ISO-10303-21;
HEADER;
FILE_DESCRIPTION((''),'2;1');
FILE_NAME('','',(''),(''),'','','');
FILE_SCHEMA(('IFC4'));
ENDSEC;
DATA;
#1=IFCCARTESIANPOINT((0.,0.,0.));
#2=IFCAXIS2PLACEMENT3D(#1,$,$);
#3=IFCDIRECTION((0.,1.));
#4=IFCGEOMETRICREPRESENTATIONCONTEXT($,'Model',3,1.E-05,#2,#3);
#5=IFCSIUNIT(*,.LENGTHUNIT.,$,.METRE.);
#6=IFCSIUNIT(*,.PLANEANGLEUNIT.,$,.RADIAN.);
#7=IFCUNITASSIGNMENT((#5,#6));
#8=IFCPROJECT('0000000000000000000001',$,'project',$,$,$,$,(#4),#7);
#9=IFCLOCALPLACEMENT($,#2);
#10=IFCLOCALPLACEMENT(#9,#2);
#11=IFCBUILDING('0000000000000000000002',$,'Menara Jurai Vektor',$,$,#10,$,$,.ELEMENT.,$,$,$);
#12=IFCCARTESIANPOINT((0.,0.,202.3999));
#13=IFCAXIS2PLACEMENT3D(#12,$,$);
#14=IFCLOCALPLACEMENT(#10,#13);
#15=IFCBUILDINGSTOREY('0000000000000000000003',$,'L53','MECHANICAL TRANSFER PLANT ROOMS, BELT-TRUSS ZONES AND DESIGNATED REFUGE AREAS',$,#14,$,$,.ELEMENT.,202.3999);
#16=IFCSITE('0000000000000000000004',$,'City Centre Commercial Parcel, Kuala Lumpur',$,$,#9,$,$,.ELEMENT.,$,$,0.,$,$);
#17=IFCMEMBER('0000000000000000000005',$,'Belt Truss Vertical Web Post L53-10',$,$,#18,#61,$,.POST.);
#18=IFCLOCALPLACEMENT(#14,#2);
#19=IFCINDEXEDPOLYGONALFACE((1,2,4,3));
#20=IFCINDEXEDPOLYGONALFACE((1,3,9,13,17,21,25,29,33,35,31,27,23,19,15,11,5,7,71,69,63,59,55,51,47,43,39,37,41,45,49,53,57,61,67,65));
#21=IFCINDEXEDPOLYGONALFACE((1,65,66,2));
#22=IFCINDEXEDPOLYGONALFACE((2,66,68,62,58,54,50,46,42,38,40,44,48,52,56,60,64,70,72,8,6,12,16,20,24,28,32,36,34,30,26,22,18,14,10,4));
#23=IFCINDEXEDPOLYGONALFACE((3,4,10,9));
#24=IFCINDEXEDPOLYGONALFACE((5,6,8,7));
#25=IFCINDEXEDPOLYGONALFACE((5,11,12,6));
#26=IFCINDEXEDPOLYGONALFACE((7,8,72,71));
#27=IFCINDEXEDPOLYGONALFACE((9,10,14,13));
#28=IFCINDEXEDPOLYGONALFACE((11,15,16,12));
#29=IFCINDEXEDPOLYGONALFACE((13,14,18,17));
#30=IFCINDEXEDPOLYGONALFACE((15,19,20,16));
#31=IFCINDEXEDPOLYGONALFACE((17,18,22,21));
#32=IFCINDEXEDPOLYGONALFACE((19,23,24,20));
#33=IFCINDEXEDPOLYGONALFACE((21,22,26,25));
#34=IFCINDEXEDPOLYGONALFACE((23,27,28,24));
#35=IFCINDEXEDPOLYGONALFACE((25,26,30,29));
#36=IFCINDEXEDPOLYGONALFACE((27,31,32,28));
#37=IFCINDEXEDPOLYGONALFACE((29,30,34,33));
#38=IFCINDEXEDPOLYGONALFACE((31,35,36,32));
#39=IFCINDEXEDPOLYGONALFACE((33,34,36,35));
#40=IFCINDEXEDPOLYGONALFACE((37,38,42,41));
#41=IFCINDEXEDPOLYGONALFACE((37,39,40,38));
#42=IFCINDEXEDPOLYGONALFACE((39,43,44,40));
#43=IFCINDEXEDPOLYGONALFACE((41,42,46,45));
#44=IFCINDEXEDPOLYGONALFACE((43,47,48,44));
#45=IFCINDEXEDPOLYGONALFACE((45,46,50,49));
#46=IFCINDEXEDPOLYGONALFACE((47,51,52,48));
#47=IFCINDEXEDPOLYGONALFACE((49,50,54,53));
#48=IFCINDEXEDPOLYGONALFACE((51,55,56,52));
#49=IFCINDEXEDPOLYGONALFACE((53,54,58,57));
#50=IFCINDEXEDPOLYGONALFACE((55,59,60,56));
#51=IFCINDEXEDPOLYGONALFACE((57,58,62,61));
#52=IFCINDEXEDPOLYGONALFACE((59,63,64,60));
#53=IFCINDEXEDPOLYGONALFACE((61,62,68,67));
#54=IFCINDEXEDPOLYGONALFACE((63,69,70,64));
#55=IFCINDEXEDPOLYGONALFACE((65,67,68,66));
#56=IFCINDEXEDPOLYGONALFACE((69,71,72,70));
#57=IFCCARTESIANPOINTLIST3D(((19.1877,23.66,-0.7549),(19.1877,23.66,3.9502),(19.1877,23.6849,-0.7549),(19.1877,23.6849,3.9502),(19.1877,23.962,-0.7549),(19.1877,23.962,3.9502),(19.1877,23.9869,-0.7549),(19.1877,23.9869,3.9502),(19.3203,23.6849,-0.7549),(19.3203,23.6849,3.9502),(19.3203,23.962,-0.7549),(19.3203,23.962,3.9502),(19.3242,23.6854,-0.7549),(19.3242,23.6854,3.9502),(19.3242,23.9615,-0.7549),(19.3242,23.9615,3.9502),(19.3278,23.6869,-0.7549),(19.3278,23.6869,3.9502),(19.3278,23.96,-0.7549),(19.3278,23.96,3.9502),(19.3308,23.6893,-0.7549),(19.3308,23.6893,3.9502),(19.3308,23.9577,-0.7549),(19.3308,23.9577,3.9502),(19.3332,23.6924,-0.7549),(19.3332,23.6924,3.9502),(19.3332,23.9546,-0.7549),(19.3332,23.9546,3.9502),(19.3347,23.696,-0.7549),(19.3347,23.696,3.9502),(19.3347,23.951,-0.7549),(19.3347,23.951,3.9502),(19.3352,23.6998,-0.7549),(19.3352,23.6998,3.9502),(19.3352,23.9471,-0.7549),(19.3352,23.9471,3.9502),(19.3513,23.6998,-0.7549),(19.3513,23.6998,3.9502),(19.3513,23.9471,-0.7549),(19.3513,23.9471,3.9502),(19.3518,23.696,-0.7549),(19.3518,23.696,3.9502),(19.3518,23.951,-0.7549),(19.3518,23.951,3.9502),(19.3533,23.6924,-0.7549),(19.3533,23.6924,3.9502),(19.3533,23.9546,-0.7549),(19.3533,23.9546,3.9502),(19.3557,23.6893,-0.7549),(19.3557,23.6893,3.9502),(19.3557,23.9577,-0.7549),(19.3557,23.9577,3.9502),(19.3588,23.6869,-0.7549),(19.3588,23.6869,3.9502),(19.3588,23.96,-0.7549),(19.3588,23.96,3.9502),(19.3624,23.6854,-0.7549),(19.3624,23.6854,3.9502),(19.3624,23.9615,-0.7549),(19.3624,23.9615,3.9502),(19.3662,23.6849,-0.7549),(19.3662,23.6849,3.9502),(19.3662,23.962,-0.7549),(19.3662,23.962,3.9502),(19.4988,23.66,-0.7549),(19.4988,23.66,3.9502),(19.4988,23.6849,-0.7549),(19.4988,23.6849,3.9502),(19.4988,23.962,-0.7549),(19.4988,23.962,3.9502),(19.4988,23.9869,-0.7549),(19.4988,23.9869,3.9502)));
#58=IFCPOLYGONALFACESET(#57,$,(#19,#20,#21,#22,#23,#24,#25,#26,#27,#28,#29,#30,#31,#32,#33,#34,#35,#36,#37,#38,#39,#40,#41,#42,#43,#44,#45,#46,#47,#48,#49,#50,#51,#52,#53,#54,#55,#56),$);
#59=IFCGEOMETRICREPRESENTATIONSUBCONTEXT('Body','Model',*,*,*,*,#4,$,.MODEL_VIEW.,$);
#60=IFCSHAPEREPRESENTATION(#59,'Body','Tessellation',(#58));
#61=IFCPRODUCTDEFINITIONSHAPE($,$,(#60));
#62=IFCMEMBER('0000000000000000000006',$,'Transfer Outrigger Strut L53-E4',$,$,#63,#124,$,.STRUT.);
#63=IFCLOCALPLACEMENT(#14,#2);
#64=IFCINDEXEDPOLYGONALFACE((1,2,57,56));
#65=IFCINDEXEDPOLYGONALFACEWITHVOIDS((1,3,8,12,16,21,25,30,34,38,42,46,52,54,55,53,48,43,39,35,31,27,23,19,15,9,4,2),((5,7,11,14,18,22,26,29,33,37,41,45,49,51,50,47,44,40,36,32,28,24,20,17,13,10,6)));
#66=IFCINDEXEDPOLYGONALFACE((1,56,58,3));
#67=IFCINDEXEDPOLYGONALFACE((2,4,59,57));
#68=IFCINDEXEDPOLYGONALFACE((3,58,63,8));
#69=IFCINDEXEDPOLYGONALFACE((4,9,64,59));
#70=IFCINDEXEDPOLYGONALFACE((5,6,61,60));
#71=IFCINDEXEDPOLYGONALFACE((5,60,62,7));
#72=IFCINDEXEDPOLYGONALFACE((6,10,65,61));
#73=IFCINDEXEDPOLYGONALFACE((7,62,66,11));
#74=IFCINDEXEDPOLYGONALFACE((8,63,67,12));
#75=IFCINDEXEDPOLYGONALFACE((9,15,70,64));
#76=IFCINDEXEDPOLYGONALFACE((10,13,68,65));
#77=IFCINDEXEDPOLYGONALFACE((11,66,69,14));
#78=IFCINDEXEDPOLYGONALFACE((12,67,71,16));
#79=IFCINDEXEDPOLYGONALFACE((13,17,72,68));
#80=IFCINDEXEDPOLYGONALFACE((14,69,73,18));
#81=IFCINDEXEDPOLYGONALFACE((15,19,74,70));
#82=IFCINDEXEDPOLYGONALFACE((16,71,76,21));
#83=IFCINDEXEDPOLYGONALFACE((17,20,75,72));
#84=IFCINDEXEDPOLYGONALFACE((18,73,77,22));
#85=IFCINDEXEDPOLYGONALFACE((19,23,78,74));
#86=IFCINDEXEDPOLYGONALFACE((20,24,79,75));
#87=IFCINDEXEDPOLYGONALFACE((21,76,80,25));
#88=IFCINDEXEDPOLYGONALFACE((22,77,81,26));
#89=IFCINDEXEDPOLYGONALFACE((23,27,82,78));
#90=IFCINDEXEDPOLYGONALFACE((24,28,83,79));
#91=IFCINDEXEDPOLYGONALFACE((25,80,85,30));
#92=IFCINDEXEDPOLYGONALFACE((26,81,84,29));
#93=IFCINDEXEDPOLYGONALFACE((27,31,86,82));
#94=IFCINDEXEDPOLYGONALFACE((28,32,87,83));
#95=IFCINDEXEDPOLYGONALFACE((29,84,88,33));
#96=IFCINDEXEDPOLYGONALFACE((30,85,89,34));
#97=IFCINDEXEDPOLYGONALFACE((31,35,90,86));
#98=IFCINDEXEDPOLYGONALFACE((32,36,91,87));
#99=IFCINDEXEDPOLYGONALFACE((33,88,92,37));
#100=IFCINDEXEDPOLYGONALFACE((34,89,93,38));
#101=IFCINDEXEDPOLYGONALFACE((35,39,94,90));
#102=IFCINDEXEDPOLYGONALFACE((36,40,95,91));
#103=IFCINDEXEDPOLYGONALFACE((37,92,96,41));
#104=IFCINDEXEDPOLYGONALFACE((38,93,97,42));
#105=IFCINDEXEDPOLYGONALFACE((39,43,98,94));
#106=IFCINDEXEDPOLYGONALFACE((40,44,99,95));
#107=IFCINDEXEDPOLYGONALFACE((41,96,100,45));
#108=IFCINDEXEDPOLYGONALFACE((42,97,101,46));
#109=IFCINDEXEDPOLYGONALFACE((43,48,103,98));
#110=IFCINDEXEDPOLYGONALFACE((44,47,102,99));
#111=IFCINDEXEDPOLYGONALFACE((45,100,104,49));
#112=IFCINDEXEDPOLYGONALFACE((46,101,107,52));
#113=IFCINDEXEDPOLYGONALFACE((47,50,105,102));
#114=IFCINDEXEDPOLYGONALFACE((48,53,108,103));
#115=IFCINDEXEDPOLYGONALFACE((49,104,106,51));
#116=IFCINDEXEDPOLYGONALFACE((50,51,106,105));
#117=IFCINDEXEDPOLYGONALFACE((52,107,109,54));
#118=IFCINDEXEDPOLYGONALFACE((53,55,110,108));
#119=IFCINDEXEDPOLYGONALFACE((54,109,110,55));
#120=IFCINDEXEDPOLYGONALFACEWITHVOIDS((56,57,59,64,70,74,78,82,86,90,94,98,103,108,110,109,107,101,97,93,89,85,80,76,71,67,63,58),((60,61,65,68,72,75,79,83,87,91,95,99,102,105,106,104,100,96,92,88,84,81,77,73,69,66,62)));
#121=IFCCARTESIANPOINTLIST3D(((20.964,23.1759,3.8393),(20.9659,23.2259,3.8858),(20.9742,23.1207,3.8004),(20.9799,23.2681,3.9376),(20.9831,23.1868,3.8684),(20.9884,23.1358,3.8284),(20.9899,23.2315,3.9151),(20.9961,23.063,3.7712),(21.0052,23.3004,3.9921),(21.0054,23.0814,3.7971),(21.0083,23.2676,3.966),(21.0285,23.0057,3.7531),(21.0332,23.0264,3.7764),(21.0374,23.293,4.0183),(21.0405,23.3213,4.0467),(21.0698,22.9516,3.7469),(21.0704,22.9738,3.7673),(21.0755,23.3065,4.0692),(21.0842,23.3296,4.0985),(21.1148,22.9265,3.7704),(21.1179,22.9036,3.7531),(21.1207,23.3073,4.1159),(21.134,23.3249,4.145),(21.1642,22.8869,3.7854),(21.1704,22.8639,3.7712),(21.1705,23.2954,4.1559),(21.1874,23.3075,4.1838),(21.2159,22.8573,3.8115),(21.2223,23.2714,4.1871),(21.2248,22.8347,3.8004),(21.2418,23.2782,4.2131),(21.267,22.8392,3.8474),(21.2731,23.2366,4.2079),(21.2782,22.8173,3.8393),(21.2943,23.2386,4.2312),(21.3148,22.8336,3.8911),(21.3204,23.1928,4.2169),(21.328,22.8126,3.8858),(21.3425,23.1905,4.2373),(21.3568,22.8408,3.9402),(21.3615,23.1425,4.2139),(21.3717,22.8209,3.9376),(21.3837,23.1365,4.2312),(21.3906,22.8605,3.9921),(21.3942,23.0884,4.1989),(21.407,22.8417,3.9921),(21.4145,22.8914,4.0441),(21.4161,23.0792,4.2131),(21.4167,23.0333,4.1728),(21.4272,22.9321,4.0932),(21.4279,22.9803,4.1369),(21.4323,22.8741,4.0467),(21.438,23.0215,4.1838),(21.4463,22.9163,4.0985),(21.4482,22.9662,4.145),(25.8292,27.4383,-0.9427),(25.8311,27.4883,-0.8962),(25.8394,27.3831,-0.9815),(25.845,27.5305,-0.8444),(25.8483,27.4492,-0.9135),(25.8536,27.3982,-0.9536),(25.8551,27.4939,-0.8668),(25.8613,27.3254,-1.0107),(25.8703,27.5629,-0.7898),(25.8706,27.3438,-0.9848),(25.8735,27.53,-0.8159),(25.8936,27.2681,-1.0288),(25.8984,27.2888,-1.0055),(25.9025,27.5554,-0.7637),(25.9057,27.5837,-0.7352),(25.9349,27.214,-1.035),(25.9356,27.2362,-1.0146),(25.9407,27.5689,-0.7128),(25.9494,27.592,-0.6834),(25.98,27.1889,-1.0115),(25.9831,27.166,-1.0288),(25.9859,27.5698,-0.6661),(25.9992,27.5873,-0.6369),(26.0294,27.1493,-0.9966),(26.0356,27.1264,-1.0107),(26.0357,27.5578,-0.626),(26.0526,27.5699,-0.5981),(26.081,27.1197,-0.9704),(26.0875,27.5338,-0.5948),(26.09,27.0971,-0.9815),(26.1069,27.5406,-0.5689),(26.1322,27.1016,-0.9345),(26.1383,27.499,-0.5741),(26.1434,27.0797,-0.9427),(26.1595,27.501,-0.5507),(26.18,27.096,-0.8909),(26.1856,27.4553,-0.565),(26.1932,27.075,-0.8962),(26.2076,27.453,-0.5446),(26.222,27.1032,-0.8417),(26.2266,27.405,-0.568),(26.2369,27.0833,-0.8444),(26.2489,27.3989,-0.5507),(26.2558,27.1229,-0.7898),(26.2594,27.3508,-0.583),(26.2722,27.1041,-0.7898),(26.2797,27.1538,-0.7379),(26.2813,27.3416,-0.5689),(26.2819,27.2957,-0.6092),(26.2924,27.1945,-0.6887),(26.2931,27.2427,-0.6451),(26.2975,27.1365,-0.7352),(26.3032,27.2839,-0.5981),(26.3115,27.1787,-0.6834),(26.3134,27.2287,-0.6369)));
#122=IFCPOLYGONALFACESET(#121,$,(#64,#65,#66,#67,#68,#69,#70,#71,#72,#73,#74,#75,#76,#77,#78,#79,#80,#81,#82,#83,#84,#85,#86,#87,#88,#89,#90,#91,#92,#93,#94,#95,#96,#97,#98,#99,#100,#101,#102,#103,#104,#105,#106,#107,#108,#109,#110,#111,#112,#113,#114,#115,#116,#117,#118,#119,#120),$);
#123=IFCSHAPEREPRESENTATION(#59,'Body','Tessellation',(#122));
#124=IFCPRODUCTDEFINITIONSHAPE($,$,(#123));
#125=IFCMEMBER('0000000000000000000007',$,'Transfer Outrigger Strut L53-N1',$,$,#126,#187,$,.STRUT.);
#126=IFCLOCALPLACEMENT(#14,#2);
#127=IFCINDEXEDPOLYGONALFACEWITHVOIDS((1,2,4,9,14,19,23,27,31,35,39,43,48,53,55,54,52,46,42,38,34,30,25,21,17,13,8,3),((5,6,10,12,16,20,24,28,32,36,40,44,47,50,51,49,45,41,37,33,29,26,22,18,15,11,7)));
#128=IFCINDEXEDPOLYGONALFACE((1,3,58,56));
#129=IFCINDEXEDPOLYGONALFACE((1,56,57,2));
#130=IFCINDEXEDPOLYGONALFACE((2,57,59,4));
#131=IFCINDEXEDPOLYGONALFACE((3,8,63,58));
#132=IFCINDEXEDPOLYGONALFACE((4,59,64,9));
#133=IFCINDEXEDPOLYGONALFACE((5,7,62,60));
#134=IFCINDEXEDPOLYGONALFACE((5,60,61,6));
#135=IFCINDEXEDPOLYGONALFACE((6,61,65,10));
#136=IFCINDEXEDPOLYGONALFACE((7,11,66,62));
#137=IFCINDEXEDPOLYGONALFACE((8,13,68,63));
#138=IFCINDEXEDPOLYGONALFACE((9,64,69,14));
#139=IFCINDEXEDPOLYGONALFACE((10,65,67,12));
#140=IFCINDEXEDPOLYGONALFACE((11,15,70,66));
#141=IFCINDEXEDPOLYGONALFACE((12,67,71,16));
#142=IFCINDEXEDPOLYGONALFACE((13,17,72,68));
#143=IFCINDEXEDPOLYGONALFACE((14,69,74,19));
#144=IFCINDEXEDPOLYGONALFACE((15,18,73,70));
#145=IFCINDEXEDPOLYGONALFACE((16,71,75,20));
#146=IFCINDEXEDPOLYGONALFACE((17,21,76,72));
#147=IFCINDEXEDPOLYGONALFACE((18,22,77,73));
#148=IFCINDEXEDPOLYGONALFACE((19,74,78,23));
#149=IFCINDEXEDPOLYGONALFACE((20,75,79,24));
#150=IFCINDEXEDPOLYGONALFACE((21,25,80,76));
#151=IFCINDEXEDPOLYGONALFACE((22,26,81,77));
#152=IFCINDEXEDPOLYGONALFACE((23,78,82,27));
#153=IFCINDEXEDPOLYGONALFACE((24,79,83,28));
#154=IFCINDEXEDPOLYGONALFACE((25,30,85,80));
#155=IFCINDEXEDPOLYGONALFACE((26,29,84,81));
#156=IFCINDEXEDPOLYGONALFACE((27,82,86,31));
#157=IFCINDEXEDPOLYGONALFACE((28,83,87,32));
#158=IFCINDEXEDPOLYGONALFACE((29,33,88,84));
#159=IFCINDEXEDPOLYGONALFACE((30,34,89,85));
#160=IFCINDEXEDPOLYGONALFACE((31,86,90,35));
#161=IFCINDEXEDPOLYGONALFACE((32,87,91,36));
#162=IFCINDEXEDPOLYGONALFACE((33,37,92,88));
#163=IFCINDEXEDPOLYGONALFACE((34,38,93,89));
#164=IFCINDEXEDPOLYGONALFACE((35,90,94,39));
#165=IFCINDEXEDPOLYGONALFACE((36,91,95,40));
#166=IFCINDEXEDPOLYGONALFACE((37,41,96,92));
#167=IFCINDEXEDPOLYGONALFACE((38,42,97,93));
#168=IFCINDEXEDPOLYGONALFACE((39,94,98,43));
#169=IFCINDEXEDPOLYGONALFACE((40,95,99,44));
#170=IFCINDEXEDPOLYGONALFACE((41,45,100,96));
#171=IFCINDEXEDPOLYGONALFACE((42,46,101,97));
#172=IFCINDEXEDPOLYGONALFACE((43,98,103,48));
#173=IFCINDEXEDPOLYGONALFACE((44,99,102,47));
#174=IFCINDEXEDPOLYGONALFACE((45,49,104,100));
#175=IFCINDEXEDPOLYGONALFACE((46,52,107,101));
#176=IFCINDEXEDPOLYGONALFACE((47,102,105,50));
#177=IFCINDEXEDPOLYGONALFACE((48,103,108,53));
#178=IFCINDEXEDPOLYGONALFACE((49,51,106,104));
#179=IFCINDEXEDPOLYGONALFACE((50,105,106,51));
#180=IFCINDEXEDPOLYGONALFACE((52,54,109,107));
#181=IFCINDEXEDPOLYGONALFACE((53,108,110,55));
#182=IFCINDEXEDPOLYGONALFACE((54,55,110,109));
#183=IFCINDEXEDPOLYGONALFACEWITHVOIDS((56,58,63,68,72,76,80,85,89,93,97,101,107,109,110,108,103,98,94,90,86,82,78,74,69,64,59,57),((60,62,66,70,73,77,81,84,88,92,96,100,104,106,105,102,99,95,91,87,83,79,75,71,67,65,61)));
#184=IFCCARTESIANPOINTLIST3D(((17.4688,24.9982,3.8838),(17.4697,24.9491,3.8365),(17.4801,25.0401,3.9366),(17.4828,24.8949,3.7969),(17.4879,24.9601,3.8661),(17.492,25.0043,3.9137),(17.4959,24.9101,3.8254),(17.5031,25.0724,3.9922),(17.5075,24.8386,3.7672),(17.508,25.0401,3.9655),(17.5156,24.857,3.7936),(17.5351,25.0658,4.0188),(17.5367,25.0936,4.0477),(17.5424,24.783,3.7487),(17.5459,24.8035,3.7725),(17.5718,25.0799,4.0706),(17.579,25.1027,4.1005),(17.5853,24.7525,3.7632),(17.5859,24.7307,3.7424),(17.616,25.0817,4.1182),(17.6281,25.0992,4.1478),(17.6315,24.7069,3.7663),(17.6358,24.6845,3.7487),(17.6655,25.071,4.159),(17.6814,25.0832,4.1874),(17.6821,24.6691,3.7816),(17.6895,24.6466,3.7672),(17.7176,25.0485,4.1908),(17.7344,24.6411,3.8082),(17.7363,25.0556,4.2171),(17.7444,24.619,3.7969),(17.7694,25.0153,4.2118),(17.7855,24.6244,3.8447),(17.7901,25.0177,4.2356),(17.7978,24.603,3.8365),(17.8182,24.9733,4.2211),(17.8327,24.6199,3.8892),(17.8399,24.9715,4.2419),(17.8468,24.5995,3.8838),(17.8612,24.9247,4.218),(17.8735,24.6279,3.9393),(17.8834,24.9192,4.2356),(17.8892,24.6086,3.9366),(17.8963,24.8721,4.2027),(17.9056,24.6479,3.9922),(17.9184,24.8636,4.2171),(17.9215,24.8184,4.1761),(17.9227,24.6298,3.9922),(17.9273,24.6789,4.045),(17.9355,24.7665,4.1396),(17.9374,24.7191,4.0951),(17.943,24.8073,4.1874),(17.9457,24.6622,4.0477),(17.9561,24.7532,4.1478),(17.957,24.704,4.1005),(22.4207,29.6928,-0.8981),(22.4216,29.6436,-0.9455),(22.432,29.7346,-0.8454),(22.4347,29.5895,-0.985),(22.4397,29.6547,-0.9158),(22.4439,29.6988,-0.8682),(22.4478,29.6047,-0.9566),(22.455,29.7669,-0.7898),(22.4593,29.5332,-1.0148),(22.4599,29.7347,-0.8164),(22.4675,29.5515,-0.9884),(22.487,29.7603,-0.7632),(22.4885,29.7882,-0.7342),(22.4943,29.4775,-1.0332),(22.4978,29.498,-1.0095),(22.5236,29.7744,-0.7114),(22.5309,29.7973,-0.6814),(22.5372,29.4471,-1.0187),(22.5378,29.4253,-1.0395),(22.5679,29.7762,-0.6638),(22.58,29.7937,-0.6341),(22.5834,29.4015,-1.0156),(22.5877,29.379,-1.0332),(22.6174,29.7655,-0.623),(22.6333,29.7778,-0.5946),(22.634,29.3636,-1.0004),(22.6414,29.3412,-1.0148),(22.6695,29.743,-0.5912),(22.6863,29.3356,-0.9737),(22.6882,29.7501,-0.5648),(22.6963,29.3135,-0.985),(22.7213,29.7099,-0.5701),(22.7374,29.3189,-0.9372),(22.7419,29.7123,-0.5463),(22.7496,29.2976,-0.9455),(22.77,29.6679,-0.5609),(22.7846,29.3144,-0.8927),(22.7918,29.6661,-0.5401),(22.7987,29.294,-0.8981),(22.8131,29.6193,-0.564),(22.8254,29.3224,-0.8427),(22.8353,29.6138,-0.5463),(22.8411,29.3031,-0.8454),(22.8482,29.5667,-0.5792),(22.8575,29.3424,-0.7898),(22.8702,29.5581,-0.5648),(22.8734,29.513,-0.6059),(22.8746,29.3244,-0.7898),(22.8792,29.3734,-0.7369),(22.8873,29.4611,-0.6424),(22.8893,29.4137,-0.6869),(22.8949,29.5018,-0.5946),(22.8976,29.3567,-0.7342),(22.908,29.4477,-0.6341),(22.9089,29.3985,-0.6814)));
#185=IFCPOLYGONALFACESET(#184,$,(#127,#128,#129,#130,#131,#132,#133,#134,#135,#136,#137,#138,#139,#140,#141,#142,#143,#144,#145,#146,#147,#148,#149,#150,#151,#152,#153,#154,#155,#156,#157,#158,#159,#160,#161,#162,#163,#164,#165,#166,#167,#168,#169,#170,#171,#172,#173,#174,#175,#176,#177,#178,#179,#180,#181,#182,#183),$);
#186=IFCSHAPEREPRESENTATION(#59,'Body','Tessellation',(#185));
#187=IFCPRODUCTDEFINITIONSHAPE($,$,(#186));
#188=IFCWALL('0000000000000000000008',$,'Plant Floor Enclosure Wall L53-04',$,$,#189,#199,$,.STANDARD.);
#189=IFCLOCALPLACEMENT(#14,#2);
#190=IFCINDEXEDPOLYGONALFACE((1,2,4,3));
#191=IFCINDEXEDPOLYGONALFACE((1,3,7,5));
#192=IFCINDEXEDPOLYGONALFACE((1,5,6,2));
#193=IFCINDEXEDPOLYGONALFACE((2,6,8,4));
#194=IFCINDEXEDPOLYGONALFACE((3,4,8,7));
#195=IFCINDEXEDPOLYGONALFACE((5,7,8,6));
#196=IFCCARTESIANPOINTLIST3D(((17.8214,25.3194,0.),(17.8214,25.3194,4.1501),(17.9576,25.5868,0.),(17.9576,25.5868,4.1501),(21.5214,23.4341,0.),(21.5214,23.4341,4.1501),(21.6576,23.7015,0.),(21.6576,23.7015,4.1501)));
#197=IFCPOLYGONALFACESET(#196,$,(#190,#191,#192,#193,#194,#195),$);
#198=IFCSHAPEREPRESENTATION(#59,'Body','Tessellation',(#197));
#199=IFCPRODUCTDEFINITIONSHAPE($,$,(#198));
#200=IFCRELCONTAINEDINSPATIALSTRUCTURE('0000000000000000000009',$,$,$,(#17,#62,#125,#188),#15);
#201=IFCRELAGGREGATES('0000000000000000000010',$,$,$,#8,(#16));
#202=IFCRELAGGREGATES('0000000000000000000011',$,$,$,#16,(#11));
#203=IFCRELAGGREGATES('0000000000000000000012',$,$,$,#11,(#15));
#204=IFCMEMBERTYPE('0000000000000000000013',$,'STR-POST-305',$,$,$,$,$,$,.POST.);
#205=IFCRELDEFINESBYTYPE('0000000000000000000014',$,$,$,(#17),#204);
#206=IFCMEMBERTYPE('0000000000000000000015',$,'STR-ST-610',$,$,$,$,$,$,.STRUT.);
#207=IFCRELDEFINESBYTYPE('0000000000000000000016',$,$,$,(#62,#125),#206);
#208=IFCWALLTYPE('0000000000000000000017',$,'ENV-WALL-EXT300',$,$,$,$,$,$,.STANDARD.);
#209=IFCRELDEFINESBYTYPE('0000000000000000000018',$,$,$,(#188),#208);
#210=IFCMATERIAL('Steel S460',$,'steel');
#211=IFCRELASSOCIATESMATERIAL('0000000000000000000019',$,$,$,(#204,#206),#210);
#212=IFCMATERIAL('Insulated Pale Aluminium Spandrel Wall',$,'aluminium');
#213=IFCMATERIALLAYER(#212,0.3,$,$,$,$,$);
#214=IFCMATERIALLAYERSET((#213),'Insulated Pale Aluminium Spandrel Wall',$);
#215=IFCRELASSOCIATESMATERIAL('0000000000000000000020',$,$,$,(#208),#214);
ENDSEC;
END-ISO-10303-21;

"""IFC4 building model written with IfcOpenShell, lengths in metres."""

from ifc_helpers import new_model, si_unit, direction, frame, frame_2d, origin, origin_2d, place, context, subcontext, project, spatial, rectangle, hollow_circle, i_section, extrude, material, layer, layer_set, material_profile, profile_set, type_object, element, save


model = new_model("IFC4")

# Units and contexts
model_context = context("Model", 3, precision=1e-05, world=origin(), true_north=direction((0.0, 1.0)))
body_context = subcontext(model_context, "Body", "Model", "MODEL_VIEW")
ifc_project = project(units=[si_unit("LENGTHUNIT", "METRE"), si_unit("PLANEANGLEUNIT", "RADIAN")], contexts=[model_context])

# Site, building, storey
site_placement = place(None, origin())
site = spatial("IfcSite", under=ifc_project, at=site_placement, Name="City Centre Commercial Parcel, Kuala Lumpur", CompositionType="ELEMENT", RefElevation=0.0)
building_placement = place(site_placement, origin())
building = spatial("IfcBuilding", under=site, at=building_placement, Name="Menara Jurai Vektor", CompositionType="ELEMENT")
storey_placement = place(building_placement, frame((0.0, 0.0, 202.3999)))
storey = spatial("IfcBuildingStorey", under=building, at=storey_placement, Name="L53", Description="MECHANICAL TRANSFER PLANT ROOMS, BELT-TRUSS ZONES AND DESIGNATED REFUGE AREAS", CompositionType="ELEMENT", Elevation=202.3999)

# Shared definitions
ifc_material_1 = material(Name="Steel S460", Category="steel")

# Members
ifc_material_profile_1 = material_profile(ifc_material_1, i_section(OverallWidth=0.311, OverallDepth=0.3269, WebThickness=0.0161, FlangeThickness=0.0249, FilletRadius=0.0149, at=origin_2d()), Name="UKC 305x305x158")
ifc_profile_set_1 = profile_set([ifc_material_profile_1], Name="Steel S460")
member_type_1 = type_object("IfcMemberType", Name="STR-POST-305", PredefinedType="POST", material=ifc_profile_set_1)
member_1_placement = place(storey_placement, frame((19.3433, 23.8235, -0.7549), z_axis=(0.0, 0.0, 1.0), x_axis=(1.0, 0.0, 0.0)))
element("IfcMember", 1, at=member_1_placement, inside=storey, type_object=member_type_1, Name="Belt Truss Vertical Web Post L53-10", PredefinedType="POST", context=body_context, shape_type="SweptSolid", body=[
    extrude(i_section(OverallWidth=0.311, OverallDepth=0.3269, WebThickness=0.0161, FlangeThickness=0.0249, FilletRadius=0.0149, at=origin_2d()), origin(), (0.0, 0.0, 1.0), 4.7051),
])
ifc_material_profile_2 = material_profile(ifc_material_1, hollow_circle(Radius=0.3049, WallThickness=0.0249, at=origin_2d()), Name="CHS 610x25")
ifc_profile_set_2 = profile_set([ifc_material_profile_2], Name="Steel S460")
member_type_2 = type_object("IfcMemberType", Name="STR-ST-610", PredefinedType="STRUT", material=ifc_profile_set_2)
member_2_placement = place(storey_placement, frame((26.0713, 27.3335, -0.7898), z_axis=(-0.604826, -0.52989, 0.594476), x_axis=(0.658975, -0.752165, 0.0)))
element("IfcMember", 2, at=member_2_placement, inside=storey, type_object=member_type_2, Name="Transfer Outrigger Strut L53-E4", PredefinedType="STRUT", context=body_context, shape_type="SweptSolid", body=[
    extrude(hollow_circle(Radius=0.3049, WallThickness=0.0249, at=origin_2d()), origin(), (0.0, 0.0, 1.0), 8.0439),
])
member_3_placement = place(storey_placement, frame((22.6648, 29.5457, -0.7898), z_axis=(-0.5943, -0.563417, 0.573907), x_axis=(0.688, -0.725711, 0.0)))
element("IfcMember", 3, at=member_3_placement, inside=storey, type_object=member_type_2, Name="Transfer Outrigger Strut L53-N1", PredefinedType="STRUT", context=body_context, shape_type="SweptSolid", body=[
    extrude(hollow_circle(Radius=0.3049, WallThickness=0.0249, at=origin_2d()), origin(), (0.0, 0.0, 1.0), 8.3323),
])

# Wall
ifc_material_2 = material(Name="Insulated Pale Aluminium Spandrel Wall", Category="aluminium")
ifc_layer_1 = layer(ifc_material_2, 0.3)
ifc_layer_set_1 = layer_set([ifc_layer_1], Name="Insulated Pale Aluminium Spandrel Wall")
wall_type = type_object("IfcWallType", Name="ENV-WALL-EXT300", PredefinedType="STANDARD", material=ifc_layer_set_1)
wall_1_placement = place(storey_placement, frame((21.5894, 23.5679, 0.0), z_axis=(0.0, 0.0, 1.0), x_axis=(-0.891003, 0.453997, 0.0)))
element("IfcWall", 4, at=wall_1_placement, inside=storey, type_object=wall_type, Name="Plant Floor Enclosure Wall L53-04", PredefinedType="STANDARD", context=body_context, shape_type="SweptSolid", body=[
    extrude(rectangle(XDim=4.1526, YDim=0.3, at=frame_2d((2.0762, 0.0))), origin(), (0.0, 0.0, 1.0), 4.1501),
])

save(model, "model.ifc")
